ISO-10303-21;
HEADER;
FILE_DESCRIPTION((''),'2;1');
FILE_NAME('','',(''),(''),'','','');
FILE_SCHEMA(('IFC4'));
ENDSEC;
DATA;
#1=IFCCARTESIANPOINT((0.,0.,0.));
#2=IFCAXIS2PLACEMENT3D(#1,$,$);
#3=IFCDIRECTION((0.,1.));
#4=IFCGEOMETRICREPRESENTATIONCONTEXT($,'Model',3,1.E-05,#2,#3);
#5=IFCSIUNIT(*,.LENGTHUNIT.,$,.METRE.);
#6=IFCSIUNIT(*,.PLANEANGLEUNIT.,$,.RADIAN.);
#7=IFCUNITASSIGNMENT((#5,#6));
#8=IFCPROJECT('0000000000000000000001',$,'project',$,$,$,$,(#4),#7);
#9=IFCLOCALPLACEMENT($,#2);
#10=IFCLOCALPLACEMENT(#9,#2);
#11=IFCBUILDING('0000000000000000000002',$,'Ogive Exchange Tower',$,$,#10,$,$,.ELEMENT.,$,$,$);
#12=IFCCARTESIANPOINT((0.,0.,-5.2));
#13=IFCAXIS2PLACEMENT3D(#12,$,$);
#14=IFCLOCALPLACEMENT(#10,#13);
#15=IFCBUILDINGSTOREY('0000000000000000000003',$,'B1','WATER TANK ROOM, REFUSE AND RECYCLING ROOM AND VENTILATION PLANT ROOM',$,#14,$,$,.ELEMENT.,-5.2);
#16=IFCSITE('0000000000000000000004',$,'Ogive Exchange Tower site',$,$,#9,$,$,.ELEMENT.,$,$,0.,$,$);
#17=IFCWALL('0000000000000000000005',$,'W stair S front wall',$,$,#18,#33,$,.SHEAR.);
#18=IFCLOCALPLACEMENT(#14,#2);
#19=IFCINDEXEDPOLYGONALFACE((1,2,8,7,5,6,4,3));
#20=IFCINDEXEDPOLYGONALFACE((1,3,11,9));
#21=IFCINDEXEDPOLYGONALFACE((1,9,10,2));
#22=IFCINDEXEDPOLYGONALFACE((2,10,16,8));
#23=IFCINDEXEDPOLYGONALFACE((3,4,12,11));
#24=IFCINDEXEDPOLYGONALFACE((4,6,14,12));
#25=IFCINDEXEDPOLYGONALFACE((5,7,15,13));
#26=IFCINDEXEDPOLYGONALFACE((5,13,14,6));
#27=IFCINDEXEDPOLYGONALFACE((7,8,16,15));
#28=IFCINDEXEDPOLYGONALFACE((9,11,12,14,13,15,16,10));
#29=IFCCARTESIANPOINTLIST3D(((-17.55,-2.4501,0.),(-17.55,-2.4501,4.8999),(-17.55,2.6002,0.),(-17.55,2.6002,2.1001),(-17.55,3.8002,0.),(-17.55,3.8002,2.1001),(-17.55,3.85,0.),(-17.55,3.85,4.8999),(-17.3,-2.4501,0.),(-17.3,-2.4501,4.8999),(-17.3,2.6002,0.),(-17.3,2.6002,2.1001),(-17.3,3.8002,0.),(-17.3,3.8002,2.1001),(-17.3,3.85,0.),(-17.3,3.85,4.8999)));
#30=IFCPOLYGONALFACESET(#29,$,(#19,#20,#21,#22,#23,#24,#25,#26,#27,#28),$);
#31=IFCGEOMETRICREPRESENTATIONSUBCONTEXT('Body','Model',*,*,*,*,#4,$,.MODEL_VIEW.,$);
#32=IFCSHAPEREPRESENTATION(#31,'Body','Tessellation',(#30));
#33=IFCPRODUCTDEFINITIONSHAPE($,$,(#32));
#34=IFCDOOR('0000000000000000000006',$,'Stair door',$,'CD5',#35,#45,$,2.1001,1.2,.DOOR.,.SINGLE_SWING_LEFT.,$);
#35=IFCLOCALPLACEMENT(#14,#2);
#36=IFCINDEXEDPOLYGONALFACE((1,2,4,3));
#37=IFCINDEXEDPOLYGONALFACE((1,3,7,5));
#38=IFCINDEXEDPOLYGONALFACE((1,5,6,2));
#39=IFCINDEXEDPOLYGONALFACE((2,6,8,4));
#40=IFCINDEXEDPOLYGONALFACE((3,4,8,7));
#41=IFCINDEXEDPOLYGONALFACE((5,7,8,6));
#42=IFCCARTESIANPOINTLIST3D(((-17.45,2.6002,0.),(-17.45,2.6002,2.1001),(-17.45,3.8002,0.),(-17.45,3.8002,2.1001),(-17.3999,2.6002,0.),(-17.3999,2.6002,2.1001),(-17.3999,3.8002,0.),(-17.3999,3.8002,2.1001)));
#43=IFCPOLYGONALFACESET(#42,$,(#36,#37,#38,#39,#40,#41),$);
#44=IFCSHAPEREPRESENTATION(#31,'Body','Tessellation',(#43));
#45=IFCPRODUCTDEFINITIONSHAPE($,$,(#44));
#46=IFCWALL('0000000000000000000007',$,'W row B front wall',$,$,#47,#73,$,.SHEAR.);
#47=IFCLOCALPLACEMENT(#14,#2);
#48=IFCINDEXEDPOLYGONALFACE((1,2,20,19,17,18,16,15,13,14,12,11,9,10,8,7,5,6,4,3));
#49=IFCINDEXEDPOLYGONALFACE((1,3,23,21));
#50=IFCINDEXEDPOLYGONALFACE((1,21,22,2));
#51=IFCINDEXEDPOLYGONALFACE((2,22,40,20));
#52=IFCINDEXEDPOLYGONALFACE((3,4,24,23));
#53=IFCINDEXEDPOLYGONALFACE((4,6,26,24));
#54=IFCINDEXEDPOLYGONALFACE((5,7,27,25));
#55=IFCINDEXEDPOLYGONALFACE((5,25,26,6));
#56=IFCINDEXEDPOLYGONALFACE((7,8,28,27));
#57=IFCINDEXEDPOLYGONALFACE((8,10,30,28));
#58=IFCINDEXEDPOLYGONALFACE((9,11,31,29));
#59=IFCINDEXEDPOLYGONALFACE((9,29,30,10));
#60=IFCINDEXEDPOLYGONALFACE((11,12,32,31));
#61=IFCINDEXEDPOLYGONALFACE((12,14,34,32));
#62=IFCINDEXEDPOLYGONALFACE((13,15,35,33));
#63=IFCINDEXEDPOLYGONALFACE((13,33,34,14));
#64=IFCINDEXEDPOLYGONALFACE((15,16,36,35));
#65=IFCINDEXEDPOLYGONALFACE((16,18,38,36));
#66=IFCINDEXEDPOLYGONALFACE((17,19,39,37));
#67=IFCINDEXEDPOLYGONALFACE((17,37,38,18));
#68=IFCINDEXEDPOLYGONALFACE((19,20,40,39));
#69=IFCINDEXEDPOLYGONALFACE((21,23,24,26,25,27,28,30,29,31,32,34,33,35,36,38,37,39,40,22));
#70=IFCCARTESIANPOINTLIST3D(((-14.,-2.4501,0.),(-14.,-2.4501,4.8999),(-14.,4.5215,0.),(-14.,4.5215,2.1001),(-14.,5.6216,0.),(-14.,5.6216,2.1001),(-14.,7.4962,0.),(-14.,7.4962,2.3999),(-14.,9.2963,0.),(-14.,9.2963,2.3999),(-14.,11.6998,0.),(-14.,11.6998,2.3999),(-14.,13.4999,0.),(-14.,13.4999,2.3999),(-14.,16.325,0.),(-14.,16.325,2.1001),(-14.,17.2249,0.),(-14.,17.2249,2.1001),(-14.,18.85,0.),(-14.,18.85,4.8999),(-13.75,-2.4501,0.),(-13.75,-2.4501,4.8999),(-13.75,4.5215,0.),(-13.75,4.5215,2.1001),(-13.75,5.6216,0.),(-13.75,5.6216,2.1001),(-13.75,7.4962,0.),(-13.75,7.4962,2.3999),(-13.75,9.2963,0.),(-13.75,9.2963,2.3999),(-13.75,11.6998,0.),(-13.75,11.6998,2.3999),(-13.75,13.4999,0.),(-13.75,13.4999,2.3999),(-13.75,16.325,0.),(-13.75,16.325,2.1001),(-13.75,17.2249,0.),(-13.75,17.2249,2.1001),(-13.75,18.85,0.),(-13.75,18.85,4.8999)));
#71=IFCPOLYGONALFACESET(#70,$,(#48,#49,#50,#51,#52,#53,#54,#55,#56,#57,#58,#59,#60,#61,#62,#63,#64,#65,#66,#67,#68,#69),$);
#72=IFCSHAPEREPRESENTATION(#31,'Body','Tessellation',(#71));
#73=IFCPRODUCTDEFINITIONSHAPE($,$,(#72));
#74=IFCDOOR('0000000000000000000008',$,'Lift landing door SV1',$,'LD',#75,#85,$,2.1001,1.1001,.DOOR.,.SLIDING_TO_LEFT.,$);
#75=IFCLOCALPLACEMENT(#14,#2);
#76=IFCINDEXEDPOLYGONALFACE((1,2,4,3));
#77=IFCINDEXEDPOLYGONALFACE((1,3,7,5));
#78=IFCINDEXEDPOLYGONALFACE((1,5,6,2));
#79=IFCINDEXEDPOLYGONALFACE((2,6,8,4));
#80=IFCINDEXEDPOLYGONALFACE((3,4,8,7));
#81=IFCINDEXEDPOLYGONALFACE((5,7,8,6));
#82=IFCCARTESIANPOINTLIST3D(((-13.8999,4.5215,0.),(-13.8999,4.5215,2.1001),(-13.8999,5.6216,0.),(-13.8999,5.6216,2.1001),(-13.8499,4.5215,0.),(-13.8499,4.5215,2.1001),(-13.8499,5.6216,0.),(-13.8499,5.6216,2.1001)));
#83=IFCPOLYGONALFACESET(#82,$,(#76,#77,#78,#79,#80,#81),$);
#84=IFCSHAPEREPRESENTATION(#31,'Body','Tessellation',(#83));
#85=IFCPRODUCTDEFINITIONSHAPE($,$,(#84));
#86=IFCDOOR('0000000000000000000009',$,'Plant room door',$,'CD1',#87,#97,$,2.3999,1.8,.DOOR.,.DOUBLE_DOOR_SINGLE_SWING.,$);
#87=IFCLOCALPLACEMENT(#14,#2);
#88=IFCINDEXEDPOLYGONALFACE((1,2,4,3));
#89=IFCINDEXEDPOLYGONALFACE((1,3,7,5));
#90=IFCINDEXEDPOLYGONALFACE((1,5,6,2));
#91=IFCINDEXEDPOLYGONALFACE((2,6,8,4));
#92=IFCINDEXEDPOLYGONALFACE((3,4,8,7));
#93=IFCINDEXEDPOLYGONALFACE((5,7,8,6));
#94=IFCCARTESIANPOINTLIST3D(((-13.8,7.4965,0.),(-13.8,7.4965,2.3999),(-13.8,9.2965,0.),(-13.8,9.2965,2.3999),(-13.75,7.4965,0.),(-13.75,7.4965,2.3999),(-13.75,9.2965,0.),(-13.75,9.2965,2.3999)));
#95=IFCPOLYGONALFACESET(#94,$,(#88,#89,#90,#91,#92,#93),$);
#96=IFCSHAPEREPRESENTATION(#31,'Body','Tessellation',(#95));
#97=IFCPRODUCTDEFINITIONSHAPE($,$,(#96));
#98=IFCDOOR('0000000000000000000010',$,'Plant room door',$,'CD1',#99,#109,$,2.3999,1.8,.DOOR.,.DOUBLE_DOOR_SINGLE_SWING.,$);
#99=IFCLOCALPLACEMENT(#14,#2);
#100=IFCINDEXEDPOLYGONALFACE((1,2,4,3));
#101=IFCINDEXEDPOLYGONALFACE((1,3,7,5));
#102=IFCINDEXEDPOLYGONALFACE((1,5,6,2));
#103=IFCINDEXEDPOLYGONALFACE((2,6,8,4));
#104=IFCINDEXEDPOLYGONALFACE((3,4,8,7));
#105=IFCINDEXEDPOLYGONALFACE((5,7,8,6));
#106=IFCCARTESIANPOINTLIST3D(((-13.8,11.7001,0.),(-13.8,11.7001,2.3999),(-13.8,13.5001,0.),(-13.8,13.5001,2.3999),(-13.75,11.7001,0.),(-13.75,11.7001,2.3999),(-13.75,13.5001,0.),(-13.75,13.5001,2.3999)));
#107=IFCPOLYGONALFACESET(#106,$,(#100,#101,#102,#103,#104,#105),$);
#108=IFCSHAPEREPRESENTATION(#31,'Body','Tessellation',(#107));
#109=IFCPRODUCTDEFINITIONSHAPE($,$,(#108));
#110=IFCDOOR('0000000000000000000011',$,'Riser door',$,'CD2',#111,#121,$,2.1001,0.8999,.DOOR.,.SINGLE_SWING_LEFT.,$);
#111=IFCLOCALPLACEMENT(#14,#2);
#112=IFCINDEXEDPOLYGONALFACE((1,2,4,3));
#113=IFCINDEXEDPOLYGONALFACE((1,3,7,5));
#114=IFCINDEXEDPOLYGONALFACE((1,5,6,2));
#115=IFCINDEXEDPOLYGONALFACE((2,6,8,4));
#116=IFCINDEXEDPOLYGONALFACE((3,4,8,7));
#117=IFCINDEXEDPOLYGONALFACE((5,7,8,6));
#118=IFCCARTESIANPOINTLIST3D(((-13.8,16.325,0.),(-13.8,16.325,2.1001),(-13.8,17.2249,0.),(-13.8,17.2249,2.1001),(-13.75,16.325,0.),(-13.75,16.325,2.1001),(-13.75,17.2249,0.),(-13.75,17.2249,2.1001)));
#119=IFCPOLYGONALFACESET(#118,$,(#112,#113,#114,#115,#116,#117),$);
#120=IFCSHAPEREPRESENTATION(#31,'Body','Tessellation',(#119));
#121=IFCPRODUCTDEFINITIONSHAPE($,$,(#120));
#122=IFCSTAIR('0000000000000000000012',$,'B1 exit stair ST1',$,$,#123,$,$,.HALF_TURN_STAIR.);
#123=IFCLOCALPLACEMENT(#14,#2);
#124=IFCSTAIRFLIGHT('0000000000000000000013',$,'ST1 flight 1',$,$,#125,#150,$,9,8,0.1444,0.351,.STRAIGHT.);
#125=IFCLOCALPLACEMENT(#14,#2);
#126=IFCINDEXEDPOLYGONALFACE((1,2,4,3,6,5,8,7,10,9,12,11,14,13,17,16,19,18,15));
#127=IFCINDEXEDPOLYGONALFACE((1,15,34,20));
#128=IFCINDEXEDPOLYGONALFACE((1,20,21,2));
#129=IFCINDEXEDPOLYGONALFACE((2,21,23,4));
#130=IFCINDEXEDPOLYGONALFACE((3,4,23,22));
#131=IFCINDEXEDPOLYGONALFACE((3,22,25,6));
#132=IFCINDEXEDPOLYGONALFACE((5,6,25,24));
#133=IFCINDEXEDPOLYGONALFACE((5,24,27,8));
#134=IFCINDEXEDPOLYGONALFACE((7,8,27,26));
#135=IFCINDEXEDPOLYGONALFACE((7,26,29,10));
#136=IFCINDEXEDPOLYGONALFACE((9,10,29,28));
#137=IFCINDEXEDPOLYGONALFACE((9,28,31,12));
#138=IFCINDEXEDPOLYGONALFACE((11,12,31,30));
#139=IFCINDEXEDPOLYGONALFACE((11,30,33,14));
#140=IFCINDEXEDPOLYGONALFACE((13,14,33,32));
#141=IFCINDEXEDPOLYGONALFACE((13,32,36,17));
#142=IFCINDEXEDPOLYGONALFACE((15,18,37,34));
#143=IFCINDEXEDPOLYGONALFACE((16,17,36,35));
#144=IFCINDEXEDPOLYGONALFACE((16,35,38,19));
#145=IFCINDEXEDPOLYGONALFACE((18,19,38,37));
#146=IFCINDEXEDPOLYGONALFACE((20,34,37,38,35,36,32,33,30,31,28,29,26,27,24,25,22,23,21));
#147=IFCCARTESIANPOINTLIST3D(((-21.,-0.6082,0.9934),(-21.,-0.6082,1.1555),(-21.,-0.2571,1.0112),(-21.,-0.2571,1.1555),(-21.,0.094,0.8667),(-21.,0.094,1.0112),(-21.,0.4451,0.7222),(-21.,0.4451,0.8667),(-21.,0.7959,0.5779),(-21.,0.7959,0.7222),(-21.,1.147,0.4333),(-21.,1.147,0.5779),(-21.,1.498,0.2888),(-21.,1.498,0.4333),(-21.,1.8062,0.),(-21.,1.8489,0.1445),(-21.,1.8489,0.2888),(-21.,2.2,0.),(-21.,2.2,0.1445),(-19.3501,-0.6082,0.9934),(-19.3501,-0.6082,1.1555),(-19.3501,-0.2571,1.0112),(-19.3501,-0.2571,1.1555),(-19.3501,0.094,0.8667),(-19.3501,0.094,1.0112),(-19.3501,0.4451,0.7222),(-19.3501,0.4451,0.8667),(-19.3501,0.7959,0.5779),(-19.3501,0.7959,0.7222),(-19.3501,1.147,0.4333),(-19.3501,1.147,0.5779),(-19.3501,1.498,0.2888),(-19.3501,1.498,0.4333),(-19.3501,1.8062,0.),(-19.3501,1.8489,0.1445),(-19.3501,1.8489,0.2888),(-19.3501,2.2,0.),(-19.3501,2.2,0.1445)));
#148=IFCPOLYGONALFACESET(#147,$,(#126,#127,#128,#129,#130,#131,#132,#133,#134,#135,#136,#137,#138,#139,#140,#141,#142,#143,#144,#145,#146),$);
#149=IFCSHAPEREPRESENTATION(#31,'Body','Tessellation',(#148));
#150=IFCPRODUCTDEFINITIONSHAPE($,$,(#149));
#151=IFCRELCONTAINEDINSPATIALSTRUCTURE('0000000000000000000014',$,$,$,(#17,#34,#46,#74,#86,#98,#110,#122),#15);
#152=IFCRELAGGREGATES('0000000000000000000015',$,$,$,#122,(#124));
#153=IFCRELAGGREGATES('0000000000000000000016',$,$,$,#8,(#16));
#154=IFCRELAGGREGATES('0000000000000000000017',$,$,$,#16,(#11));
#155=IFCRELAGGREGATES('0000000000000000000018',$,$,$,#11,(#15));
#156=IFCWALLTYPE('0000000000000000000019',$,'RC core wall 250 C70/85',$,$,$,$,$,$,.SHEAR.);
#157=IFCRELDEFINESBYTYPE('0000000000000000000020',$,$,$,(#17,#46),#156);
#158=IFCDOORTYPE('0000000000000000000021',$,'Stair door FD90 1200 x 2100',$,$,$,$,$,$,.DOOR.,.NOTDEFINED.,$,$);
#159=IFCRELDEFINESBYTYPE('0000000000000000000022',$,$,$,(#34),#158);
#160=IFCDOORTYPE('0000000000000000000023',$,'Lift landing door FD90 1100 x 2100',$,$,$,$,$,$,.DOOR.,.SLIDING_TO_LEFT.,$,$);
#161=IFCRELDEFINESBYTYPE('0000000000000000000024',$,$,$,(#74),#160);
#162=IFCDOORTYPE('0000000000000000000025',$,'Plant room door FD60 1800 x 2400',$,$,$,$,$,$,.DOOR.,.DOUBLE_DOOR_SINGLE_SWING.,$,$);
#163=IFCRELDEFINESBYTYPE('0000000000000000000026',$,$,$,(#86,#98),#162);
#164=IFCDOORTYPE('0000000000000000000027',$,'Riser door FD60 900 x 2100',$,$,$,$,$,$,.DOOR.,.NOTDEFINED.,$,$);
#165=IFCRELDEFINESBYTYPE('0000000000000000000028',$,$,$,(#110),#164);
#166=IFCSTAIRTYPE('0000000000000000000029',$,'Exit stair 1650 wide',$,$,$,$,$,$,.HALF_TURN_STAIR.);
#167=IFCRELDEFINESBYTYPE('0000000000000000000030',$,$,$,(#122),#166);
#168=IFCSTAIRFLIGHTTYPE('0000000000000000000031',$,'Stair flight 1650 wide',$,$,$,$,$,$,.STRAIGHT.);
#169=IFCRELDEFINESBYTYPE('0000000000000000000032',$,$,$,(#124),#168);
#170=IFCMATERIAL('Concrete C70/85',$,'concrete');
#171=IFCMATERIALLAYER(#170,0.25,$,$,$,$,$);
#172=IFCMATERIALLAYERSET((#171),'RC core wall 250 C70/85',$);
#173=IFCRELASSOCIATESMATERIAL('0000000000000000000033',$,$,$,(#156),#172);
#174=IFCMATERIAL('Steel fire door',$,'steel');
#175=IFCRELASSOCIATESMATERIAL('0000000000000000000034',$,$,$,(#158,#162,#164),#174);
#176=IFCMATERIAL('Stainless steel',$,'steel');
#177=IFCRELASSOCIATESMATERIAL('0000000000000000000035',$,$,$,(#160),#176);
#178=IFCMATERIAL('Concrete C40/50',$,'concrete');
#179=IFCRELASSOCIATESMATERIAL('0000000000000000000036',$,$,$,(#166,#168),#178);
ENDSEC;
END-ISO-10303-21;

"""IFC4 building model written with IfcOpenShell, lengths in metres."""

from ifc_helpers import new_model, si_unit, direction, frame, frame_2d, origin, place, context, subcontext, project, spatial, polyline, rectangle, outline, extrude, material, layer, layer_set, type_object, element, fill, aggregate, save


model = new_model("IFC4")

# Units and contexts
model_context = context("Model", 3, precision=1e-05, world=origin(), true_north=direction((0.0, 1.0)))
body_context = subcontext(model_context, "Body", "Model", "MODEL_VIEW")
ifc_project = project(units=[si_unit("LENGTHUNIT", "METRE"), si_unit("PLANEANGLEUNIT", "RADIAN")], contexts=[model_context])

# Site, building, storey
site_placement = place(None, origin())
site = spatial("IfcSite", under=ifc_project, at=site_placement, Name="Ogive Exchange Tower site", CompositionType="ELEMENT", RefElevation=0.0)
building_placement = place(site_placement, origin())
building = spatial("IfcBuilding", under=site, at=building_placement, Name="Ogive Exchange Tower", CompositionType="ELEMENT")
storey_placement = place(building_placement, frame((0.0, 0.0, -5.2)))
storey = spatial("IfcBuildingStorey", under=building, at=storey_placement, Name="B1", Description="WATER TANK ROOM, REFUSE AND RECYCLING ROOM AND VENTILATION PLANT ROOM", CompositionType="ELEMENT", Elevation=-5.2)

# Shared definitions
ifc_material_1 = material(Name="Concrete C70/85", Category="concrete")

# Wall, opening, door
ifc_layer_1 = layer(ifc_material_1, 0.25)
ifc_layer_set_1 = layer_set([ifc_layer_1], Name="RC core wall 250 C70/85")
wall_type_1 = type_object("IfcWallType", Name="RC core wall 250 C70/85", PredefinedType="SHEAR", material=ifc_layer_set_1)
wall_1_placement = place(storey_placement, frame((-17.425, -2.45, 0.0), z_axis=(0.0, 0.0, 1.0), x_axis=(0.0, 1.0, 0.0)))
wall_1 = element("IfcWall", 1, at=wall_1_placement, inside=storey, type_object=wall_type_1, Name="W stair S front wall", PredefinedType="SHEAR", context=body_context, shape_type="SweptSolid", body=[
    extrude(rectangle(XDim=6.3, YDim=0.25, at=frame_2d((3.1499, 0.0))), origin(), (0.0, 0.0, 1.0), 4.8999),
])
opening_1_placement = place(wall_1_placement, frame((5.05, 0.0, 0.0)))
opening_1 = element("IfcOpeningElement", 2, at=opening_1_placement, cuts=wall_1, PredefinedType="OPENING", context=body_context, shape_type="SweptSolid", body=[
    extrude(rectangle(XDim=1.2, YDim=2.1001, at=frame_2d((0.6001, 1.05))), frame((0.0, 0.135, 0.0), z_axis=(0.0, -1.0, 0.0), x_axis=(1.0, 0.0, 0.0)), (0.0, 0.0, 1.0), 0.27),
])
ifc_material_2 = material(Name="Steel fire door", Category="steel")
door_type_1 = type_object("IfcDoorType", Name="Stair door FD90 1200 x 2100", OperationType="NOTDEFINED", PredefinedType="DOOR", material=ifc_material_2)
door_1_placement = place(opening_1_placement, origin())
door_1 = element("IfcDoor", 3, at=door_1_placement, inside=storey, type_object=door_type_1, Name="Stair door", ObjectType="CD5", OperationType="SINGLE_SWING_LEFT", OverallHeight=2.1001, OverallWidth=1.2, PredefinedType="DOOR", context=body_context, shape_type="SweptSolid", body=[
    extrude(rectangle(XDim=1.2, YDim=2.1001, at=frame_2d((0.6001, 1.05))), frame((0.0, 0.0249, 0.0), z_axis=(0.0, -1.0, 0.0), x_axis=(1.0, 0.0, 0.0)), (0.0, 0.0, 1.0), 0.05),
])
fill(opening_1, door_1)

# Wall, openings, doors
wall_2_placement = place(storey_placement, frame((-13.875, -2.45, 0.0), z_axis=(0.0, 0.0, 1.0), x_axis=(0.0, 1.0, 0.0)))
wall_2 = element("IfcWall", 4, at=wall_2_placement, inside=storey, type_object=wall_type_1, Name="W row B front wall", PredefinedType="SHEAR", context=body_context, shape_type="SweptSolid", body=[
    extrude(rectangle(XDim=21.3, YDim=0.25, at=frame_2d((10.6499, 0.0))), origin(), (0.0, 0.0, 1.0), 4.8999),
])
opening_2_placement = place(wall_2_placement, frame((9.9463, 0.0, 0.0)))
opening_2 = element("IfcOpeningElement", 5, at=opening_2_placement, cuts=wall_2, PredefinedType="OPENING", context=body_context, shape_type="SweptSolid", body=[
    extrude(rectangle(XDim=1.8, YDim=2.3999, at=frame_2d((0.8999, 1.2))), frame((0.0, 0.135, 0.0), z_axis=(0.0, -1.0, 0.0), x_axis=(1.0, 0.0, 0.0)), (0.0, 0.0, 1.0), 0.27),
])
opening_3_placement = place(wall_2_placement, frame((14.1499, 0.0, 0.0)))
opening_3 = element("IfcOpeningElement", 6, at=opening_3_placement, cuts=wall_2, PredefinedType="OPENING", context=body_context, shape_type="SweptSolid", body=[
    extrude(rectangle(XDim=1.8, YDim=2.3999, at=frame_2d((0.8999, 1.2))), frame((0.0, 0.135, 0.0), z_axis=(0.0, -1.0, 0.0), x_axis=(1.0, 0.0, 0.0)), (0.0, 0.0, 1.0), 0.27),
])
opening_4_placement = place(wall_2_placement, frame((18.7749, 0.0, 0.0)))
opening_4 = element("IfcOpeningElement", 7, at=opening_4_placement, cuts=wall_2, PredefinedType="OPENING", context=body_context, shape_type="SweptSolid", body=[
    extrude(rectangle(XDim=0.8999, YDim=2.1001, at=frame_2d((0.45, 1.05))), frame((0.0, 0.135, 0.0), z_axis=(0.0, -1.0, 0.0), x_axis=(1.0, 0.0, 0.0)), (0.0, 0.0, 1.0), 0.27),
])
opening_5_placement = place(wall_2_placement, frame((6.9714, 0.0, 0.0)))
opening_5 = element("IfcOpeningElement", 8, at=opening_5_placement, cuts=wall_2, PredefinedType="OPENING", context=body_context, shape_type="SweptSolid", body=[
    extrude(rectangle(XDim=1.1001, YDim=2.1001, at=frame_2d((0.55, 1.05))), frame((0.0, 0.135, 0.0), z_axis=(0.0, -1.0, 0.0), x_axis=(1.0, 0.0, 0.0)), (0.0, 0.0, 1.0), 0.27),
])
ifc_material_3 = material(Name="Stainless steel", Category="steel")
door_type_2 = type_object("IfcDoorType", Name="Lift landing door FD90 1100 x 2100", OperationType="SLIDING_TO_LEFT", PredefinedType="DOOR", material=ifc_material_3)
door_2_placement = place(opening_5_placement, origin())
door_2 = element("IfcDoor", 9, at=door_2_placement, inside=storey, type_object=door_type_2, Name="Lift landing door SV1", ObjectType="LD", OperationType="SLIDING_TO_LEFT", OverallHeight=2.1001, OverallWidth=1.1001, PredefinedType="DOOR", context=body_context, shape_type="SweptSolid", body=[
    extrude(rectangle(XDim=1.1001, YDim=2.1001, at=frame_2d((0.55, 1.05))), frame((0.0, 0.0249, 0.0), z_axis=(0.0, -1.0, 0.0), x_axis=(1.0, 0.0, 0.0)), (0.0, 0.0, 1.0), 0.05),
])
fill(opening_5, door_2)
door_type_3 = type_object("IfcDoorType", Name="Plant room door FD60 1800 x 2400", OperationType="DOUBLE_DOOR_SINGLE_SWING", PredefinedType="DOOR", material=ifc_material_2)
door_3_placement = place(opening_2_placement, frame((1.8, -0.2002, 0.0), z_axis=(0.0, 0.0, 1.0), x_axis=(-1.0, 0.0, 0.0)))
door_3 = element("IfcDoor", 10, at=door_3_placement, inside=storey, type_object=door_type_3, Name="Plant room door", ObjectType="CD1", OperationType="DOUBLE_DOOR_SINGLE_SWING", OverallHeight=2.3999, OverallWidth=1.8, PredefinedType="DOOR", context=body_context, shape_type="SweptSolid", body=[
    extrude(rectangle(XDim=1.8, YDim=2.3999, at=frame_2d((0.8999, 1.2))), frame((0.0, -0.0752, 0.0), z_axis=(0.0, -1.0, 0.0), x_axis=(1.0, 0.0, 0.0)), (0.0, 0.0, 1.0), 0.05),
])
fill(opening_2, door_3)
door_4_placement = place(opening_3_placement, frame((1.8, -0.2002, 0.0), z_axis=(0.0, 0.0, 1.0), x_axis=(-1.0, 0.0, 0.0)))
door_4 = element("IfcDoor", 11, at=door_4_placement, inside=storey, type_object=door_type_3, Name="Plant room door", ObjectType="CD1", OperationType="DOUBLE_DOOR_SINGLE_SWING", OverallHeight=2.3999, OverallWidth=1.8, PredefinedType="DOOR", context=body_context, shape_type="SweptSolid", body=[
    extrude(rectangle(XDim=1.8, YDim=2.3999, at=frame_2d((0.8999, 1.2))), frame((0.0, -0.0752, 0.0), z_axis=(0.0, -1.0, 0.0), x_axis=(1.0, 0.0, 0.0)), (0.0, 0.0, 1.0), 0.05),
])
fill(opening_3, door_4)
door_type_4 = type_object("IfcDoorType", Name="Riser door FD60 900 x 2100", OperationType="NOTDEFINED", PredefinedType="DOOR", material=ifc_material_2)
door_5_placement = place(opening_4_placement, frame((0.8999, -0.2002, 0.0), z_axis=(0.0, 0.0, 1.0), x_axis=(-1.0, 0.0, 0.0)))
door_5 = element("IfcDoor", 12, at=door_5_placement, inside=storey, type_object=door_type_4, Name="Riser door", ObjectType="CD2", OperationType="SINGLE_SWING_LEFT", OverallHeight=2.1001, OverallWidth=0.8999, PredefinedType="DOOR", context=body_context, shape_type="SweptSolid", body=[
    extrude(rectangle(XDim=0.8999, YDim=2.1001, at=frame_2d((0.45, 1.05))), frame((0.0, -0.0752, 0.0), z_axis=(0.0, -1.0, 0.0), x_axis=(1.0, 0.0, 0.0)), (0.0, 0.0, 1.0), 0.05),
])
fill(opening_4, door_5)

# Stair, stair flight
ifc_material_4 = material(Name="Concrete C40/50", Category="concrete")
stair_type = type_object("IfcStairType", Name="Exit stair 1650 wide", PredefinedType="HALF_TURN_STAIR", material=ifc_material_4)
stair_placement = place(storey_placement, origin())
stair = element("IfcStair", 13, at=stair_placement, inside=storey, type_object=stair_type, Name="B1 exit stair ST1", PredefinedType="HALF_TURN_STAIR")
stair_flight_type = type_object("IfcStairFlightType", Name="Stair flight 1650 wide", PredefinedType="STRAIGHT", material=ifc_material_4)
stair_flight_1_placement = place(storey_placement, frame((-20.175, 2.2, 0.0), z_axis=(0.0, 0.0, 1.0), x_axis=(0.0, -1.0, 0.0)))
stair_flight_1 = element("IfcStairFlight", 14, at=stair_flight_1_placement, type_object=stair_flight_type, Name="ST1 flight 1", NumberOfRisers=9, NumberOfTreads=8, PredefinedType="STRAIGHT", RiserHeight=0.1444, TreadLength=0.351, context=body_context, shape_type="SweptSolid", body=[
    extrude(outline(polyline([(0.0, 0.0), (0.0, 0.1445), (0.3511, 0.1445), (0.3511, 0.2888), (0.7019, 0.2888), (0.7019, 0.4333), (1.053, 0.4333), (1.053, 0.5779), (1.4041, 0.5779), (1.4041, 0.7222), (1.7549, 0.7222), (1.7549, 0.8667), (2.106, 0.8667), (2.106, 1.0112), (2.457, 1.0112), (2.457, 1.1555), (2.8081, 1.1555), (2.8081, 1.3), (2.8081, 0.9934), (0.3938, 0.0), (0.0, 0.0)])), frame((0.0, 0.825, 0.0), z_axis=(0.0, -1.0, 0.0), x_axis=(1.0, 0.0, 0.0)), (0.0, 0.0, 1.0), 1.6499),
])
aggregate(stair, [stair_flight_1])

save(model, "model.ifc")
